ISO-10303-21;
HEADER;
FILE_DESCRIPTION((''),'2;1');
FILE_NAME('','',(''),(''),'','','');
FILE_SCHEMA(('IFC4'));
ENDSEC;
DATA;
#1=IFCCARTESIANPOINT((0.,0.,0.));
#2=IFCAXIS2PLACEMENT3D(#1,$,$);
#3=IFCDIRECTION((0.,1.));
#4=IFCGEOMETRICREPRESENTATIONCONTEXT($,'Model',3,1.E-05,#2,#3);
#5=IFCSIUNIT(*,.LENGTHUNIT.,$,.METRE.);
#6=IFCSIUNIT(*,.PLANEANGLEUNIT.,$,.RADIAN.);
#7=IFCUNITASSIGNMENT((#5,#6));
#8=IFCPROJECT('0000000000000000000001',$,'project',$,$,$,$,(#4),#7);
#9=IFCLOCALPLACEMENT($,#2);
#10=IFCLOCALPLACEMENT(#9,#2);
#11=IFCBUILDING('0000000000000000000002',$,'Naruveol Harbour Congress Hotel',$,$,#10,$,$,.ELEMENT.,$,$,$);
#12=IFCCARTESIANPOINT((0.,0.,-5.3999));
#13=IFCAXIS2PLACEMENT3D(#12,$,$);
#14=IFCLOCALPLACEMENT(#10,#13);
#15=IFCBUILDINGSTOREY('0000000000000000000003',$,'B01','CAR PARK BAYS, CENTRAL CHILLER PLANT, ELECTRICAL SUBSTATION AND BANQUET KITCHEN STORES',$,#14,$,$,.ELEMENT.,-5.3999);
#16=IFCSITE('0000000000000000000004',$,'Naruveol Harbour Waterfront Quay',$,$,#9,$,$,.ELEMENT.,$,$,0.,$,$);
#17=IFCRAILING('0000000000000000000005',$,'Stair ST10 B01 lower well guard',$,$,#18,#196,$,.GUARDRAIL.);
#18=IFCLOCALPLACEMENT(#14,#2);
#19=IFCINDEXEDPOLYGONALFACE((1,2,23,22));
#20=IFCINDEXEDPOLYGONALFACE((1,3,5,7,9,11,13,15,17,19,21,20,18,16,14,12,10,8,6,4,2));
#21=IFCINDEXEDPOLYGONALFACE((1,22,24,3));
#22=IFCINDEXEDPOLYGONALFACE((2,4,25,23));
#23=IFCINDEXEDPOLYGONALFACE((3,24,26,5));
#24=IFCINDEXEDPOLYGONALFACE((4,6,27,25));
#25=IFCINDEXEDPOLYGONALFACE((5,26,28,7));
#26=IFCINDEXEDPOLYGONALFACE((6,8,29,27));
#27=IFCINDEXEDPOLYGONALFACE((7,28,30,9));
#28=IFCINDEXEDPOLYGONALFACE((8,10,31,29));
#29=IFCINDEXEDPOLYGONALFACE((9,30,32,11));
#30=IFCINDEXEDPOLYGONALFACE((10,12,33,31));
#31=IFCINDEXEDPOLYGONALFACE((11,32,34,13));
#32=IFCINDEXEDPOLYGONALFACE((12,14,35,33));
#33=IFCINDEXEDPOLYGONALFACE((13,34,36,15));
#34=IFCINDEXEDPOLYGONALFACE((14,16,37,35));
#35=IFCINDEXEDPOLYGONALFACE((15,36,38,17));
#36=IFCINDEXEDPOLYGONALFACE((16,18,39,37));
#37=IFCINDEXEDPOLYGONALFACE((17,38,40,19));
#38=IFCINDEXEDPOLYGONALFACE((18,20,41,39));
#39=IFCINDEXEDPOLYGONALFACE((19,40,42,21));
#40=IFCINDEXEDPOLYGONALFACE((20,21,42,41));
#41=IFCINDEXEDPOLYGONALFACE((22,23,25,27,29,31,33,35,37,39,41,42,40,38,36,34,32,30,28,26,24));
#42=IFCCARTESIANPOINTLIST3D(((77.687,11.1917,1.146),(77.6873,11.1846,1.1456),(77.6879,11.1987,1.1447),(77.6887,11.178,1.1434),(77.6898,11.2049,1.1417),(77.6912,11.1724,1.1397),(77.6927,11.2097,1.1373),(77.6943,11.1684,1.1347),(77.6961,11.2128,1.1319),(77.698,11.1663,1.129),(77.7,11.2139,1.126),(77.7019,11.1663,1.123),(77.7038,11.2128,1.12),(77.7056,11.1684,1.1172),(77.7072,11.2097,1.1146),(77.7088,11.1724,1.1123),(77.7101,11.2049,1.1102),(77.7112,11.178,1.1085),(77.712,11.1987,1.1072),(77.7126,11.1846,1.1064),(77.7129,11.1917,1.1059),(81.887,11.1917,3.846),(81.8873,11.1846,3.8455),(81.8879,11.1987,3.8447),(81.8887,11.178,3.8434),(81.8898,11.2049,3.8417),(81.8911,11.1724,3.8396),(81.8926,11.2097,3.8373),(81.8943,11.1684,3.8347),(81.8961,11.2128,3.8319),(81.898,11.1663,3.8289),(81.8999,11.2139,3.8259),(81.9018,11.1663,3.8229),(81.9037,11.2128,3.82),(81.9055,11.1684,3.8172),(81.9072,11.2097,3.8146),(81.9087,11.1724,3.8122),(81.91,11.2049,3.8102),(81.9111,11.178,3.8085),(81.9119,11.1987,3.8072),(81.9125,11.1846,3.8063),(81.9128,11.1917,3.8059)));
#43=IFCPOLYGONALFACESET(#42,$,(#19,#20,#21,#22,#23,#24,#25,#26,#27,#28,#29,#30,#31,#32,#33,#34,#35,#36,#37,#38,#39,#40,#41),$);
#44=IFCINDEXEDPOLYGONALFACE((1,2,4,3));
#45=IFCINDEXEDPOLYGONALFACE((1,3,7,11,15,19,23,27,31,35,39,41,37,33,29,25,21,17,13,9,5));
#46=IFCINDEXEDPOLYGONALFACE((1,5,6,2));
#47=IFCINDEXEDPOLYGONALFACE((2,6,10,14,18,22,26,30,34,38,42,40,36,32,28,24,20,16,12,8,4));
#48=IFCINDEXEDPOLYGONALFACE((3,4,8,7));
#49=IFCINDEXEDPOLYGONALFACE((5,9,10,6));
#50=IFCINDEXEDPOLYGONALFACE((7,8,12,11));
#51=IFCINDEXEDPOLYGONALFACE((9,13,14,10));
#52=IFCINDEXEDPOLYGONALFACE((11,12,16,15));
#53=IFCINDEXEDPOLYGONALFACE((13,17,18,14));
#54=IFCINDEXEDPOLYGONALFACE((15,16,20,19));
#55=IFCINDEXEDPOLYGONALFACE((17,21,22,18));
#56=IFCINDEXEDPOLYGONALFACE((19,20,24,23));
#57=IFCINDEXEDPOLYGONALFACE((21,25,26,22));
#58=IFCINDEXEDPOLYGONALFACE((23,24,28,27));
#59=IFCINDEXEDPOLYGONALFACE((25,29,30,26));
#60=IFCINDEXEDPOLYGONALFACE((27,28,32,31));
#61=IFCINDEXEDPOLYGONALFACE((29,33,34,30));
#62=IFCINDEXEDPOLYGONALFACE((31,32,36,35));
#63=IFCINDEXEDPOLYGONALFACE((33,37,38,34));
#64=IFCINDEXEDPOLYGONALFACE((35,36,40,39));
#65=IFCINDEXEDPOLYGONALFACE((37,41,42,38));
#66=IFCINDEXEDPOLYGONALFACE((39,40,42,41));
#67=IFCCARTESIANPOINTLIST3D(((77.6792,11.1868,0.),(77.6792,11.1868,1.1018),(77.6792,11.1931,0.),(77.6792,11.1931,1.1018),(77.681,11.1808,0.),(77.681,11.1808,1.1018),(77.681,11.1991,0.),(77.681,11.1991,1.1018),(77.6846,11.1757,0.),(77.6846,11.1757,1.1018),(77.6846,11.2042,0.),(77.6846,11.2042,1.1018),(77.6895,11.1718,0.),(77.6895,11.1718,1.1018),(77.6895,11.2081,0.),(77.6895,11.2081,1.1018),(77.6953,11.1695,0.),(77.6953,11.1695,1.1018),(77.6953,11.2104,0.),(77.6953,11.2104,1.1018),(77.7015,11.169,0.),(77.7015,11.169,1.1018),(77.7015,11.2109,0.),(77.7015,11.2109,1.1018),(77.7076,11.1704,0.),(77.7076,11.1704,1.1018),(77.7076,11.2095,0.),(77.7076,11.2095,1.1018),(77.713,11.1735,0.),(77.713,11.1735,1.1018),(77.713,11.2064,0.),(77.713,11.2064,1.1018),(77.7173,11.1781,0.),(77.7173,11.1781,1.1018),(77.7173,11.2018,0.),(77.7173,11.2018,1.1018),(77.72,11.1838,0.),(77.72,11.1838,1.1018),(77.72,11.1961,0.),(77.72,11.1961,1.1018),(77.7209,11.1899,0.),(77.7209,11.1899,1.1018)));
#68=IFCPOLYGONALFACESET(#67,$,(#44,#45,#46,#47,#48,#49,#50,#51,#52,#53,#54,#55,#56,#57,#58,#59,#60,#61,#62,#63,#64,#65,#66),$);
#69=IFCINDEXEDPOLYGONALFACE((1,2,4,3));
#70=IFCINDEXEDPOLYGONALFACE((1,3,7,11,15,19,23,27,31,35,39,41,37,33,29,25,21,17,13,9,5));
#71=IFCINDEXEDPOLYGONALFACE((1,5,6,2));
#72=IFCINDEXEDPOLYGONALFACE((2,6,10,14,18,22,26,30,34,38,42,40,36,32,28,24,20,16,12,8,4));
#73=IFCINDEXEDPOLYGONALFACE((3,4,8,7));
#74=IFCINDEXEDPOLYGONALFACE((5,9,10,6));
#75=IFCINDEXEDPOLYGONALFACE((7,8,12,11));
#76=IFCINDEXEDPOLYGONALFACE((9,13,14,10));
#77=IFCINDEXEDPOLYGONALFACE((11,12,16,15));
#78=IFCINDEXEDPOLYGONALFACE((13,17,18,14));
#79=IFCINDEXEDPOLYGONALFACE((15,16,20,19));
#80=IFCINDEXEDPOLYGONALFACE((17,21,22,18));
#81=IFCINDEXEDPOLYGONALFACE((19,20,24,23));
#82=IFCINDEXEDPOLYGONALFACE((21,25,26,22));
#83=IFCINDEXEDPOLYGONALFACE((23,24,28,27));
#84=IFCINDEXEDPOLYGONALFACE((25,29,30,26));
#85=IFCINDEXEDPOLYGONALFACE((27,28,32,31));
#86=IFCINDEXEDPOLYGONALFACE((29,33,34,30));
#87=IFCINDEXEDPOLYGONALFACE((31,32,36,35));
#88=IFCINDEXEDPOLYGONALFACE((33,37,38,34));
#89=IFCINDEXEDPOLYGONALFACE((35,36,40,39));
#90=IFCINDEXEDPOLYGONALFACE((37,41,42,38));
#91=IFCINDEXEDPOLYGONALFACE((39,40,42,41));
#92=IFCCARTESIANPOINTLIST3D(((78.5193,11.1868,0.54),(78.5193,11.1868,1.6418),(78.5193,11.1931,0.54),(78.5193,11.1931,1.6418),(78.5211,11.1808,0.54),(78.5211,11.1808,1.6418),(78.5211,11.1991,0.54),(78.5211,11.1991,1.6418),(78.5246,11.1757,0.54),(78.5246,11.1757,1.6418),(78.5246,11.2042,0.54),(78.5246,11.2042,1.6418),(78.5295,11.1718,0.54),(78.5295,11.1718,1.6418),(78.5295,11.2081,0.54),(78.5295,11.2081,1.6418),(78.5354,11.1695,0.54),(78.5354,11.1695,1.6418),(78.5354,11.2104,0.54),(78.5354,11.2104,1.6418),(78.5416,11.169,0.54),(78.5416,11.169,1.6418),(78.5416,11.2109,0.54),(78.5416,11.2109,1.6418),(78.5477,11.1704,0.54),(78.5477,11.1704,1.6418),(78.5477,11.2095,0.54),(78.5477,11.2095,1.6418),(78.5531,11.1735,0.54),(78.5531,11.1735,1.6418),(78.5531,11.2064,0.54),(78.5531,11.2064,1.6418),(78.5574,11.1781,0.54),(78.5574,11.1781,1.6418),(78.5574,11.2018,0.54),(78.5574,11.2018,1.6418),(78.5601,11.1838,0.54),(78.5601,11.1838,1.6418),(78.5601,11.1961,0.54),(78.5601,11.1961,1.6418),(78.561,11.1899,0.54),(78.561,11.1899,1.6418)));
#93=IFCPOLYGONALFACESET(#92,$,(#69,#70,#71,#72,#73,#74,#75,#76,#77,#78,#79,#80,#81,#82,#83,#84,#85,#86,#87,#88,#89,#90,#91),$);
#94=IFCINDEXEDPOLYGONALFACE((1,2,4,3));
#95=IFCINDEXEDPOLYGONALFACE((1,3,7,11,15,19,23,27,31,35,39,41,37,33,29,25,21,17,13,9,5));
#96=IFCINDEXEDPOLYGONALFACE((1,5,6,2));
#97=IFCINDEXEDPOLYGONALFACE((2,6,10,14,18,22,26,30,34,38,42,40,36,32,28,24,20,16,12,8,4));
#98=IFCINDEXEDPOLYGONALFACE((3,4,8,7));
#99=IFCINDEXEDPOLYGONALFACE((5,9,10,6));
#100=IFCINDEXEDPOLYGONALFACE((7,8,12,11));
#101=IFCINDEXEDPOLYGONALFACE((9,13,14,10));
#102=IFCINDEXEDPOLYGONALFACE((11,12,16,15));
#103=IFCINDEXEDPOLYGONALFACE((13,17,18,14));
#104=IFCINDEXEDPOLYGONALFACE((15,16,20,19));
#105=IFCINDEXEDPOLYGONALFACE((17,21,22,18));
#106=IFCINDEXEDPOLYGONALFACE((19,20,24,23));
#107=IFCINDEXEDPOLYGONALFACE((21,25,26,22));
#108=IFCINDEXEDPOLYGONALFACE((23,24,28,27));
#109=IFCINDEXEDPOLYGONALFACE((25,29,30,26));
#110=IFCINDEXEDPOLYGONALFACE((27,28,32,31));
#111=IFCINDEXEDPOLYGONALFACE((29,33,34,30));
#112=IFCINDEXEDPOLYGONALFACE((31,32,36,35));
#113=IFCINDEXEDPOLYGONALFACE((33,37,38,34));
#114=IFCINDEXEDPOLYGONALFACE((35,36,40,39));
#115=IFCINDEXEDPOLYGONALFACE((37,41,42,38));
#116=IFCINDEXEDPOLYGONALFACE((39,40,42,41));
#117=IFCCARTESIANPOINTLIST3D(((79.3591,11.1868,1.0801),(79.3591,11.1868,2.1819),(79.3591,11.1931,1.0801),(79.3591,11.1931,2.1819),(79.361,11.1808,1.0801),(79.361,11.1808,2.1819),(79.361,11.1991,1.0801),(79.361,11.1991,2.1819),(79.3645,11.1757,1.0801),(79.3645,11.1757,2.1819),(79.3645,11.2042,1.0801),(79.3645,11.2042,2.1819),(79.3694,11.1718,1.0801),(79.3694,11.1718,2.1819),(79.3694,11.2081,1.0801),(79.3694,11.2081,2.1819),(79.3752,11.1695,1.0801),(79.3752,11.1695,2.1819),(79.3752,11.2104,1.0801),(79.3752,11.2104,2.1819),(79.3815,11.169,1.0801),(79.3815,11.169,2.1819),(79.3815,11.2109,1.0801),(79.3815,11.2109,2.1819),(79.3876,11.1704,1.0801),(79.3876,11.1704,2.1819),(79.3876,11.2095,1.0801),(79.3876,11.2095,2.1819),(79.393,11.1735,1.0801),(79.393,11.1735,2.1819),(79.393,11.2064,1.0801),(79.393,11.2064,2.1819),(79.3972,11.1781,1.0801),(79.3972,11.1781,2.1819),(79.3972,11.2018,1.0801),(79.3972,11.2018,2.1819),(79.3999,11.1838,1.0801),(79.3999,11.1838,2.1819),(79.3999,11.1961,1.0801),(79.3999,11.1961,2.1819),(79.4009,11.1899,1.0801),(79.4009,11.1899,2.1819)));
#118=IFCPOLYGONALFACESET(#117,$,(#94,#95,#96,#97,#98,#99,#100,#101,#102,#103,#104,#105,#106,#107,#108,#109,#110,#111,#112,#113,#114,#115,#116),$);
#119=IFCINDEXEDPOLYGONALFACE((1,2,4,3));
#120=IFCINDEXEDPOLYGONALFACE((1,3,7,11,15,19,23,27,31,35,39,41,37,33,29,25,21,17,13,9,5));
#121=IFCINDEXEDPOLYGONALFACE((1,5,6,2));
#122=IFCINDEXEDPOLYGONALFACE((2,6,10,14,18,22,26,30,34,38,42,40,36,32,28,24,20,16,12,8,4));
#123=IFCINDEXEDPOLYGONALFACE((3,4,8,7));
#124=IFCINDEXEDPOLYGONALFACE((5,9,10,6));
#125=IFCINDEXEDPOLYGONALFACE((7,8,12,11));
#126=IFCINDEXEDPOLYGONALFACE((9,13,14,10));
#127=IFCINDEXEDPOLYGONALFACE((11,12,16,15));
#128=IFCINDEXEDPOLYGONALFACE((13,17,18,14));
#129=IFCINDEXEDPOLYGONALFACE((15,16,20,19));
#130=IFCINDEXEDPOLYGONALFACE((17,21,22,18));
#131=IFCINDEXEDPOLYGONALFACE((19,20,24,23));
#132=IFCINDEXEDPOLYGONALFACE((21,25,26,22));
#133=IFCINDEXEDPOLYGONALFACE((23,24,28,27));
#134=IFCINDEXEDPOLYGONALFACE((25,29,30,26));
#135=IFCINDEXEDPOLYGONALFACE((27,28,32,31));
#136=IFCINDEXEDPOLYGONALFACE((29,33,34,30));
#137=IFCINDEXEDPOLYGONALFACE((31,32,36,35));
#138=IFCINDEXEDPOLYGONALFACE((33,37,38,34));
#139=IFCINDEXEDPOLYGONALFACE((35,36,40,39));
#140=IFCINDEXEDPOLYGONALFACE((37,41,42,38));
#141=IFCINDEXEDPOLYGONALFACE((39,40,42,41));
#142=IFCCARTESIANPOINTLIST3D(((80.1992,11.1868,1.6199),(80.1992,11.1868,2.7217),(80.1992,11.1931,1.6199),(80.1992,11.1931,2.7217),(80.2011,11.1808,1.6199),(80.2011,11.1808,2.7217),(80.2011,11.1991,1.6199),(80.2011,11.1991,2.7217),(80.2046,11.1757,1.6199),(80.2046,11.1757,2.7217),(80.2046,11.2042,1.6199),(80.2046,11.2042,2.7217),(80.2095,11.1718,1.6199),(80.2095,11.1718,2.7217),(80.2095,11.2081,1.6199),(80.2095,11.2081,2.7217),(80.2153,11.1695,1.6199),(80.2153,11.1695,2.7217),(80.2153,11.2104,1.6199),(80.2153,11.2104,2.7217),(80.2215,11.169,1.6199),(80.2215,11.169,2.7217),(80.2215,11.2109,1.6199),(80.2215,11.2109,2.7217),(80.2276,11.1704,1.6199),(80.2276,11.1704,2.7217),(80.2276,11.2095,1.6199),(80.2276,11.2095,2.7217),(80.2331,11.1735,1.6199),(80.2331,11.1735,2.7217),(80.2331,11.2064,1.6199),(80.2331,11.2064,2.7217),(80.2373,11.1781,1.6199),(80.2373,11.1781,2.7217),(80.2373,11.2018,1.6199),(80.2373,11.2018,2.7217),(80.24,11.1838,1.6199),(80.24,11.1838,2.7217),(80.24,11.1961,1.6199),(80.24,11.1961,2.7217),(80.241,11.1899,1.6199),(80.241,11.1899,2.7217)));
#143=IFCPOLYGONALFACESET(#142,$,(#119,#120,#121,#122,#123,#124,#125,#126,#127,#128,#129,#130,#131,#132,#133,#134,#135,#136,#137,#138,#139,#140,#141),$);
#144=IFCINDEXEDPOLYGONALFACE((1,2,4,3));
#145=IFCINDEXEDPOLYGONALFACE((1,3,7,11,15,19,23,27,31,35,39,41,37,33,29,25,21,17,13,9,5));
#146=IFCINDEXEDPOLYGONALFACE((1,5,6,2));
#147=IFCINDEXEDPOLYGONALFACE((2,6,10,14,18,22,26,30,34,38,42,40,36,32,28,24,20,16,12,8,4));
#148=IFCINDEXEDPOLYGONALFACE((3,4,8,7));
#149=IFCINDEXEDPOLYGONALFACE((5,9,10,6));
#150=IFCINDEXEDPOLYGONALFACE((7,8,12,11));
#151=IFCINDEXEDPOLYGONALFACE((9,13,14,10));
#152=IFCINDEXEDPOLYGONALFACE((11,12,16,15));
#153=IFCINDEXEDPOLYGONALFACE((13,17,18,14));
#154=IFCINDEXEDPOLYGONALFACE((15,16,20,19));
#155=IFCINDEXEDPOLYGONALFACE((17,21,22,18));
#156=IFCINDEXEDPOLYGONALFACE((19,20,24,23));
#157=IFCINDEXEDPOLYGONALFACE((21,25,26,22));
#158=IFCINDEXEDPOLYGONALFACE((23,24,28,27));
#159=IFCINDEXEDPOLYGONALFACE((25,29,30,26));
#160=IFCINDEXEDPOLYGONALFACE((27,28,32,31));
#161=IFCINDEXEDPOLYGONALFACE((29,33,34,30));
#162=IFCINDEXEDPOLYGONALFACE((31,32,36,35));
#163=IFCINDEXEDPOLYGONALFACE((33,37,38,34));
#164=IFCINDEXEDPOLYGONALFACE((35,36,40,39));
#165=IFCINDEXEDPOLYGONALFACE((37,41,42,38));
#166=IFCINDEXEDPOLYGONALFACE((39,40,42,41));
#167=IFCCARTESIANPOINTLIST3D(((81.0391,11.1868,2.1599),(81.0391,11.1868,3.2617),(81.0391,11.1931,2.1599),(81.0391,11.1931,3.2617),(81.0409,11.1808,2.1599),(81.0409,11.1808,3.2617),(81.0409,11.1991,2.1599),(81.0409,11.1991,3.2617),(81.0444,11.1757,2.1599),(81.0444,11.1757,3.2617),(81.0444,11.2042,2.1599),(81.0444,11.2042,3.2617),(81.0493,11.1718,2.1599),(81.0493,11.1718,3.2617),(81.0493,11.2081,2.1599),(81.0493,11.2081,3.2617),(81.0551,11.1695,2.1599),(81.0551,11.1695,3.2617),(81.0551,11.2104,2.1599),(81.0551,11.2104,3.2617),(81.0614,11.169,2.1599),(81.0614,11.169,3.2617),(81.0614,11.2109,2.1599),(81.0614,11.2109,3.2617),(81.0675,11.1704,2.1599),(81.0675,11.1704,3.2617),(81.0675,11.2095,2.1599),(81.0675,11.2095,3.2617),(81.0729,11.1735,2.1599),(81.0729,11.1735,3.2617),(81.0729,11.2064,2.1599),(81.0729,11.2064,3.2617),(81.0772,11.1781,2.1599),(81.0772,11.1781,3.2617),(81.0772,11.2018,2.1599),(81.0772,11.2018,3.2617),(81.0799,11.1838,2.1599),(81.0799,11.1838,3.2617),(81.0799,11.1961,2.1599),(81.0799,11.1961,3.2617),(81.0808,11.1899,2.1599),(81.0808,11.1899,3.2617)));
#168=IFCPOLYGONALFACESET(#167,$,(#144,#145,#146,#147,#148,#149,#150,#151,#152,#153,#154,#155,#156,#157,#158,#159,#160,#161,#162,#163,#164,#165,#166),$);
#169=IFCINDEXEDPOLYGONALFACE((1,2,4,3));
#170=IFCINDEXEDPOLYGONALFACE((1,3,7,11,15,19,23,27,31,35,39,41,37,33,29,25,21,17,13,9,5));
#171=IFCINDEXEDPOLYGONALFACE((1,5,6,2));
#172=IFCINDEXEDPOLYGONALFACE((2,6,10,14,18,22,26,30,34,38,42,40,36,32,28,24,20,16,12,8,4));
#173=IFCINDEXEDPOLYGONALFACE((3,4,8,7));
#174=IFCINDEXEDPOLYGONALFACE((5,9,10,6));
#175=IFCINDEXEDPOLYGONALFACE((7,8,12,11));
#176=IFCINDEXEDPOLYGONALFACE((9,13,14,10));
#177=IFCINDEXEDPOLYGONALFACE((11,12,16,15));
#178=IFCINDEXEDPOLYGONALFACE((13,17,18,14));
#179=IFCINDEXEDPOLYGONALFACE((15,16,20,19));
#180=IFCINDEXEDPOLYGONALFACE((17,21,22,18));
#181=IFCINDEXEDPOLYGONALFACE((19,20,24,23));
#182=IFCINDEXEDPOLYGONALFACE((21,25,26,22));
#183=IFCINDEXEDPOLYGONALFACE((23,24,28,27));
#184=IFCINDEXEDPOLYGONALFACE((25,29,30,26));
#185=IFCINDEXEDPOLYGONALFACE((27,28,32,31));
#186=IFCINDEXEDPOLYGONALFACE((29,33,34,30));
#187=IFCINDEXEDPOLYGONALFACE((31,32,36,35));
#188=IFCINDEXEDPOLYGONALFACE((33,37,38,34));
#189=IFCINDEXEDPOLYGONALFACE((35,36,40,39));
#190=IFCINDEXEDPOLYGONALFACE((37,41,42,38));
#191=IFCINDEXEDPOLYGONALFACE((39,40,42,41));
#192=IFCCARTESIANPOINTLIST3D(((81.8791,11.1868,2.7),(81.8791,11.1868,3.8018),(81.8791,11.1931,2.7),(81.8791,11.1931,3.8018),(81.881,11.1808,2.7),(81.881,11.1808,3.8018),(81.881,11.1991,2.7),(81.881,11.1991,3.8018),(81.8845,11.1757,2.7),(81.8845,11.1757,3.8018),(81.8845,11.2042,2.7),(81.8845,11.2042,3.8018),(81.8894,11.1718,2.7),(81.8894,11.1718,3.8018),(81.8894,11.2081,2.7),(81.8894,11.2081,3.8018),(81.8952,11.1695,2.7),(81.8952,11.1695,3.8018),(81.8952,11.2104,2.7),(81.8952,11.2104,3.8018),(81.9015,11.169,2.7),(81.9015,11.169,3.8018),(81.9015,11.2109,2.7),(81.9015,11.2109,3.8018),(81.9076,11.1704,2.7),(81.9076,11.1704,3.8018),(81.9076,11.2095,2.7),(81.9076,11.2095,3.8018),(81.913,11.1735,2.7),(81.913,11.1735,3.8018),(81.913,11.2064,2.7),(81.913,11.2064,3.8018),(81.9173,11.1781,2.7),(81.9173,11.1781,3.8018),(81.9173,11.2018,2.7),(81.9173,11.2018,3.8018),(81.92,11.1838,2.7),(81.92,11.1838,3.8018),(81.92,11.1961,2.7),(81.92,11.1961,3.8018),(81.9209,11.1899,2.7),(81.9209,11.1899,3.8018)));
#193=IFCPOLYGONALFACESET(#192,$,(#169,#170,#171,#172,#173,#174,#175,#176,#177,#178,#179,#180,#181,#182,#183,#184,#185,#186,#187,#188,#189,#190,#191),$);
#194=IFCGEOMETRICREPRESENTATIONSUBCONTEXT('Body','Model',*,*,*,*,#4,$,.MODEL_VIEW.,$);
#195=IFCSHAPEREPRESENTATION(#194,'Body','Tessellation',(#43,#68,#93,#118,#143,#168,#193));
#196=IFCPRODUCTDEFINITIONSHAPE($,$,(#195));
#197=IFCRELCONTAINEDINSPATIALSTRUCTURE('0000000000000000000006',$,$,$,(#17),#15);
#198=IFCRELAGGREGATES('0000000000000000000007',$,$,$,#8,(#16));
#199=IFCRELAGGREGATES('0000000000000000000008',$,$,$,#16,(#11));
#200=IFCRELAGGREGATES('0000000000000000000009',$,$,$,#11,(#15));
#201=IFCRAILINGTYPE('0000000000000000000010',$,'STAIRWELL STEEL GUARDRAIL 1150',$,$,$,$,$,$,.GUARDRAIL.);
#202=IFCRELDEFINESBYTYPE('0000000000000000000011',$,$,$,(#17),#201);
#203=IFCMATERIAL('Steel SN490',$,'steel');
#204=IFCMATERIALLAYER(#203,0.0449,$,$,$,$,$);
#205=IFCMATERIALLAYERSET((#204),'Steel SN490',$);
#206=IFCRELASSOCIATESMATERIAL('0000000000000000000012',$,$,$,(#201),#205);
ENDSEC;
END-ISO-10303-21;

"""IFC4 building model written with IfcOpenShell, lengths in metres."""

from ifc_helpers import new_model, si_unit, direction, frame, origin, origin_2d, place, context, subcontext, project, spatial, circle, extrude, material, layer, layer_set, type_object, element, save


model = new_model("IFC4")

# Units and contexts
model_context = context("Model", 3, precision=1e-05, world=origin(), true_north=direction((0.0, 1.0)))
body_context = subcontext(model_context, "Body", "Model", "MODEL_VIEW")
ifc_project = project(units=[si_unit("LENGTHUNIT", "METRE"), si_unit("PLANEANGLEUNIT", "RADIAN")], contexts=[model_context])

# Site, building, storey
site_placement = place(None, origin())
site = spatial("IfcSite", under=ifc_project, at=site_placement, Name="Naruveol Harbour Waterfront Quay", CompositionType="ELEMENT", RefElevation=0.0)
building_placement = place(site_placement, origin())
building = spatial("IfcBuilding", under=site, at=building_placement, Name="Naruveol Harbour Congress Hotel", CompositionType="ELEMENT")
storey_placement = place(building_placement, frame((0.0, 0.0, -5.3999)))
storey = spatial("IfcBuildingStorey", under=building, at=storey_placement, Name="B01", Description="CAR PARK BAYS, CENTRAL CHILLER PLANT, ELECTRICAL SUBSTATION AND BANQUET KITCHEN STORES", CompositionType="ELEMENT", Elevation=-5.3999)

# Railing
ifc_material_1 = material(Name="Steel SN490", Category="steel")
ifc_layer_1 = layer(ifc_material_1, 0.0449)
ifc_layer_set_1 = layer_set([ifc_layer_1], Name="Steel SN490")
railing_type_1 = type_object("IfcRailingType", Name="STAIRWELL STEEL GUARDRAIL 1150", PredefinedType="GUARDRAIL", material=ifc_layer_set_1)
railing_1_placement = place(storey_placement, frame((77.7, 11.1899, 0.0)))
element("IfcRailing", 1, at=railing_1_placement, inside=storey, type_object=railing_type_1, Name="Stair ST10 B01 lower well guard", PredefinedType="GUARDRAIL", context=body_context, shape_type="SweptSolid", body=[
    extrude(circle(Radius=0.0239, at=origin_2d()), frame((0.0, 0.0, 1.126), z_axis=(0.84118, 0.0, 0.540755), x_axis=(0.0, 1.0, 0.0)), (0.0, 0.0, 1.0), 4.9929),
    extrude(circle(Radius=0.021, at=origin_2d()), origin(), (0.0, 0.0, 1.0), 1.1018),
    extrude(circle(Radius=0.021, at=origin_2d()), frame((0.8401, 0.0, 0.54)), (0.0, 0.0, 1.0), 1.1018),
    extrude(circle(Radius=0.021, at=origin_2d()), frame((1.6799, 0.0, 1.0801)), (0.0, 0.0, 1.0), 1.1018),
    extrude(circle(Radius=0.021, at=origin_2d()), frame((2.52, 0.0, 1.6199)), (0.0, 0.0, 1.0), 1.1018),
    extrude(circle(Radius=0.021, at=origin_2d()), frame((3.3599, 0.0, 2.1599)), (0.0, 0.0, 1.0), 1.1018),
    extrude(circle(Radius=0.021, at=origin_2d()), frame((4.2, 0.0, 2.7)), (0.0, 0.0, 1.0), 1.1018),
])

save(model, "model.ifc")
